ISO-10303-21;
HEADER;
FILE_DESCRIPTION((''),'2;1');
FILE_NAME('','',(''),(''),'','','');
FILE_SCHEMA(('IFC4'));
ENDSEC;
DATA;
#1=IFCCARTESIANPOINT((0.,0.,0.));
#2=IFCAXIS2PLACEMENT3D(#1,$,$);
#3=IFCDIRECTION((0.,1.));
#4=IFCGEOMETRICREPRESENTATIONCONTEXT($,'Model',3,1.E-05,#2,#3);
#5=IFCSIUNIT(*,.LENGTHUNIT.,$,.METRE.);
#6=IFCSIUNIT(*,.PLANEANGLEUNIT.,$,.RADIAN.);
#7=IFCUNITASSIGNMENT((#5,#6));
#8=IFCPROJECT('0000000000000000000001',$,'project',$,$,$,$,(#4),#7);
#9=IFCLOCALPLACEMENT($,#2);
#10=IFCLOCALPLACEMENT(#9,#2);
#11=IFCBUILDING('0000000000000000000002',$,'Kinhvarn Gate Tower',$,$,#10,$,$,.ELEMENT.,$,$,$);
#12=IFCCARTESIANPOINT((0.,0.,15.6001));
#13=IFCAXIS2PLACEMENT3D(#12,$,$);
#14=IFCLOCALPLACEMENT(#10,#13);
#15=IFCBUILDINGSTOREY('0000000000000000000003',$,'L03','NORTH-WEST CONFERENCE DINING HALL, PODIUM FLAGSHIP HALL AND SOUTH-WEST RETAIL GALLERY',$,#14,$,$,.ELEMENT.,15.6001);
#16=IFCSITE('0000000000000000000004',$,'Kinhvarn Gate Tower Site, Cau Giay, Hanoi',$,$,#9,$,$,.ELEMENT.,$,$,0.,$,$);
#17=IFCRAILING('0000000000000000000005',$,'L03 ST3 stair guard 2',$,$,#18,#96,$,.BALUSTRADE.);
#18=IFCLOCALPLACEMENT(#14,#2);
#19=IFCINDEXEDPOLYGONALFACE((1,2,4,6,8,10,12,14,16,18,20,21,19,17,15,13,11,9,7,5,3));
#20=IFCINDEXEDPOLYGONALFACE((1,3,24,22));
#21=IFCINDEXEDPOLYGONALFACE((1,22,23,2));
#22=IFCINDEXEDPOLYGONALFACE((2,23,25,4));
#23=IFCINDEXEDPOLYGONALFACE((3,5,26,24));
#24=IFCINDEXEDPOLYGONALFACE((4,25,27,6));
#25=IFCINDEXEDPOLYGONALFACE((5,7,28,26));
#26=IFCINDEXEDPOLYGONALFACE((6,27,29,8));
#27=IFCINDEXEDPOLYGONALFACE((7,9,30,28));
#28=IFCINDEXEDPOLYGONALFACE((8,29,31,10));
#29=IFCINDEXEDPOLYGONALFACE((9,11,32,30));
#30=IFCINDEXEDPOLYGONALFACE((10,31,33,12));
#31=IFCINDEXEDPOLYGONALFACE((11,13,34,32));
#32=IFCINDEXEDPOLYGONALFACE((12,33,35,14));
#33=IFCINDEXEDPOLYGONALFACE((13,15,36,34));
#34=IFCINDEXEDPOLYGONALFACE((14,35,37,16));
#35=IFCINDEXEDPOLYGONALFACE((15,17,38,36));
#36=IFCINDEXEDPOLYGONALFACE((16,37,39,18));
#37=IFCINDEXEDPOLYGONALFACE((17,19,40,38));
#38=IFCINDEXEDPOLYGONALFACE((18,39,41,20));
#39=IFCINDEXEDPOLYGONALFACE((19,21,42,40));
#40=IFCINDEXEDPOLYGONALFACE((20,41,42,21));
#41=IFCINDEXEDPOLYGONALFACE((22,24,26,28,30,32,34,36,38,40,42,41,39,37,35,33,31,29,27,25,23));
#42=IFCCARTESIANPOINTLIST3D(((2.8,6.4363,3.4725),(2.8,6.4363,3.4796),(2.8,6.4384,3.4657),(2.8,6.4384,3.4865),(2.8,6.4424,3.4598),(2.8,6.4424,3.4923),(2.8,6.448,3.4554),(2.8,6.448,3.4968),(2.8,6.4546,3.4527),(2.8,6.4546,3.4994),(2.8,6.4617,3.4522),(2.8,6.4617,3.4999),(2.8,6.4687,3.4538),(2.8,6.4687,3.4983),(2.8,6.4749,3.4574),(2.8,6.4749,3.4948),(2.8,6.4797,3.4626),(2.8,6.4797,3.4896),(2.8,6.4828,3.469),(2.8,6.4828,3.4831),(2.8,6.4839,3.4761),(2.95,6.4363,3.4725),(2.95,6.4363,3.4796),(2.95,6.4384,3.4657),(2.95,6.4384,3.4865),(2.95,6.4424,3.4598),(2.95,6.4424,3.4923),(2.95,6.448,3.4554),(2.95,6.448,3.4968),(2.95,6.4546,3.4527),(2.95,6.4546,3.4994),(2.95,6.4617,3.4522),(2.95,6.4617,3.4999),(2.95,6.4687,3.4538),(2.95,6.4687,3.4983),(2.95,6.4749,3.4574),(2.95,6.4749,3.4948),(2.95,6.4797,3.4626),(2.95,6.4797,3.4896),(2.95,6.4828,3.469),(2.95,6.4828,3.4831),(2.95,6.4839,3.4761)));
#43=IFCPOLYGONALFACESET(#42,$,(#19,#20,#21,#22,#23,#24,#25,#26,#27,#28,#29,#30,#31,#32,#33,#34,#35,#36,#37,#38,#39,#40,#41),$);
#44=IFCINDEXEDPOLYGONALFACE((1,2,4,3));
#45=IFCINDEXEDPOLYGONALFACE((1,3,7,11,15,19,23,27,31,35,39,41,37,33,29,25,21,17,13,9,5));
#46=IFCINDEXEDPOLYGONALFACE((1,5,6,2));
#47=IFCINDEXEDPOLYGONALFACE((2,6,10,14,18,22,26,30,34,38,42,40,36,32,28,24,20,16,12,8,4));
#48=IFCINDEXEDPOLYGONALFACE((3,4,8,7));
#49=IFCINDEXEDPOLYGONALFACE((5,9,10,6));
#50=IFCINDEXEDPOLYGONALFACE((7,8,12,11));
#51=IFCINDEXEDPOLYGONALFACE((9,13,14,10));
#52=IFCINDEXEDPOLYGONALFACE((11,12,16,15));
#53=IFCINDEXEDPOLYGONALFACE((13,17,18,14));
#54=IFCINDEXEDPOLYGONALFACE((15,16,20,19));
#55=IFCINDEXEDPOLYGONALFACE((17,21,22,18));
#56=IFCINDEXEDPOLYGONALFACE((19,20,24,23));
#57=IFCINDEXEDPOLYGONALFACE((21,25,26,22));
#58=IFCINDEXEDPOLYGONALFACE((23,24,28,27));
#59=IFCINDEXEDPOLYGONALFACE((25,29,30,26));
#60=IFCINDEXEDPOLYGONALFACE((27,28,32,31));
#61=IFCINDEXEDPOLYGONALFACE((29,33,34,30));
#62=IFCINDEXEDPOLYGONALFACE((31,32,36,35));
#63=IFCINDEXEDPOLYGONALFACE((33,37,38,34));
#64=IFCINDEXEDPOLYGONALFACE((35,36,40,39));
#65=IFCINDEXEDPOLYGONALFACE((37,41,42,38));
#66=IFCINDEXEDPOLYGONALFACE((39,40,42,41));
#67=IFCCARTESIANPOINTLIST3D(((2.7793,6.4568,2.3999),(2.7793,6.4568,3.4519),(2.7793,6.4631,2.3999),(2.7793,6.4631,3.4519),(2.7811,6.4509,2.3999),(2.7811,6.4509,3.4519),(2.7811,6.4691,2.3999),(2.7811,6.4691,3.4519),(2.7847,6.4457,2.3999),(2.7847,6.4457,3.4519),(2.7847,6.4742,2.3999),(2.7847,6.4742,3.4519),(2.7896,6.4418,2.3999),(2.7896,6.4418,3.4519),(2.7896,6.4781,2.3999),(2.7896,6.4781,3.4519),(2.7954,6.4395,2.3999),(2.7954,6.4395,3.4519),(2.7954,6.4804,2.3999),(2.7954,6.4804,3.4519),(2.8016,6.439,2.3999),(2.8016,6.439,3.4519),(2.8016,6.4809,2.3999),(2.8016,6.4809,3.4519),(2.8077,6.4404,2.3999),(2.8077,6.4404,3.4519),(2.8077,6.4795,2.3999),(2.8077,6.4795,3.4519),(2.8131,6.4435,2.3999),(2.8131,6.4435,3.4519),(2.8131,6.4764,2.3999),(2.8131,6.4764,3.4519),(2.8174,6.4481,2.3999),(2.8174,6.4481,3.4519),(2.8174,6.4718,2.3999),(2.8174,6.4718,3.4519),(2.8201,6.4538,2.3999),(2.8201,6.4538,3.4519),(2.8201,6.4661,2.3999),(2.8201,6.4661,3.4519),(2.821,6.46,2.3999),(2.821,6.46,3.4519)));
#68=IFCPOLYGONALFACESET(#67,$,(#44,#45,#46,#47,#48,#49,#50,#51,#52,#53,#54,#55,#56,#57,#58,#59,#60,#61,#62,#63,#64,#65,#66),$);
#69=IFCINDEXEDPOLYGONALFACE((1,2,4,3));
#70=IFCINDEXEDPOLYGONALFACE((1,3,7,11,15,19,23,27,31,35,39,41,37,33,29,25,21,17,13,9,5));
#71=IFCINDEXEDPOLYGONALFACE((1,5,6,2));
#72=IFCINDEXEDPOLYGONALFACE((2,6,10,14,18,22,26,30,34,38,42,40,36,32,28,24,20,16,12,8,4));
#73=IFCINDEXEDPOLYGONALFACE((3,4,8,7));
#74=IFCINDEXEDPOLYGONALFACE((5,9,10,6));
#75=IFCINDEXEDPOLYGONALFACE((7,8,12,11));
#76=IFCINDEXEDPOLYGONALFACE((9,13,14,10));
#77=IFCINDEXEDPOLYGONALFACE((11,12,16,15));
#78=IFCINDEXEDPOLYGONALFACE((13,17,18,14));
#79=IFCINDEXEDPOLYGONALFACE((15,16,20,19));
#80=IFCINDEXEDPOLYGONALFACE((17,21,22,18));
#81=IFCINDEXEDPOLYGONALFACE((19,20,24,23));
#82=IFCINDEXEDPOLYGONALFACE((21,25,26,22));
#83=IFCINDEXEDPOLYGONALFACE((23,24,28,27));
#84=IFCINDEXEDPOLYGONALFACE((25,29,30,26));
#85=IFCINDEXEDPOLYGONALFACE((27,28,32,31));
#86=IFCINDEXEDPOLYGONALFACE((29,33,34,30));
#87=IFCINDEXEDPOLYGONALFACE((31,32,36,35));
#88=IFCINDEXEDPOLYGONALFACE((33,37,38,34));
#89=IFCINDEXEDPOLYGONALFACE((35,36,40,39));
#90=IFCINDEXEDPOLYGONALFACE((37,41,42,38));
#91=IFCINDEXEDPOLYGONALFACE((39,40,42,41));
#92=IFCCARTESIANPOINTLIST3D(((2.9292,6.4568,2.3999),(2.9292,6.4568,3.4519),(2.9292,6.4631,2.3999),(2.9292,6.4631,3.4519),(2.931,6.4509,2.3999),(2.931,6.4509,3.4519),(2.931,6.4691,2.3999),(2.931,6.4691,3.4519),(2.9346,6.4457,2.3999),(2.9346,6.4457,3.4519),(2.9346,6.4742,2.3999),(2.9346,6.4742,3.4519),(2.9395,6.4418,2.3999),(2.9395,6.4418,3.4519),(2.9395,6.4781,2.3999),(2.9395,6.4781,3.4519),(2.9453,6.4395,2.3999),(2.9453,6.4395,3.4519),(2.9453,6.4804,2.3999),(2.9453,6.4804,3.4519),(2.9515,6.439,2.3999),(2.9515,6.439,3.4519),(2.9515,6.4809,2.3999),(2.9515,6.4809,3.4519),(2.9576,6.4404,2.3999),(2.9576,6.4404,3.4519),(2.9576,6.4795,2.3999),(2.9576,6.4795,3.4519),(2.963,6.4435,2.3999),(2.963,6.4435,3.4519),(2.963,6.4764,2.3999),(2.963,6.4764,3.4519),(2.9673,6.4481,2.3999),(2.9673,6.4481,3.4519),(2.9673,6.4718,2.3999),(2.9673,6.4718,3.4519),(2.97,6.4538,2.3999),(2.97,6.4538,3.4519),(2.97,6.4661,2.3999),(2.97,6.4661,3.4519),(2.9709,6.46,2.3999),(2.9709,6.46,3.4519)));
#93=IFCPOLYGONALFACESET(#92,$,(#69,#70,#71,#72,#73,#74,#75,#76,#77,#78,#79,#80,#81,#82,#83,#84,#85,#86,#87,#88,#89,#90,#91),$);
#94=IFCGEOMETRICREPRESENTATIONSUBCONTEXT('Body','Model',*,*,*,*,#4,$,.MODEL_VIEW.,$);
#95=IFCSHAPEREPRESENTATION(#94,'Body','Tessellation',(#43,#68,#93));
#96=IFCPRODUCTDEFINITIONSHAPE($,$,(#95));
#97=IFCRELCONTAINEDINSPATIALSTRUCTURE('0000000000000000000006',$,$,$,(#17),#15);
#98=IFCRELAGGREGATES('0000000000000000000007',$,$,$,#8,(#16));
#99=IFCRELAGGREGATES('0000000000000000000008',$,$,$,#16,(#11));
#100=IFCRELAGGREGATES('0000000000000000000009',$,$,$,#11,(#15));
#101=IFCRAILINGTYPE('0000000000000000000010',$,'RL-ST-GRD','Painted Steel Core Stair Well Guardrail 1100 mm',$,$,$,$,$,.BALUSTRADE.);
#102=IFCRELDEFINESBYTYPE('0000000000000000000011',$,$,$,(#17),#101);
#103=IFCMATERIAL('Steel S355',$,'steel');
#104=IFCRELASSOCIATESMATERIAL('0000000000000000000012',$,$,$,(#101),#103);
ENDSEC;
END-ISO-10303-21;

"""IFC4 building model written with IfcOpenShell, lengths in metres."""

from ifc_helpers import new_model, si_unit, direction, frame, origin, origin_2d, place, context, subcontext, project, spatial, circle, extrude, material, type_object, element, save


model = new_model("IFC4")

# Units and contexts
model_context = context("Model", 3, precision=1e-05, world=origin(), true_north=direction((0.0, 1.0)))
body_context = subcontext(model_context, "Body", "Model", "MODEL_VIEW")
ifc_project = project(units=[si_unit("LENGTHUNIT", "METRE"), si_unit("PLANEANGLEUNIT", "RADIAN")], contexts=[model_context])

# Site, building, storey
site_placement = place(None, origin())
site = spatial("IfcSite", under=ifc_project, at=site_placement, Name="Kinhvarn Gate Tower Site, Cau Giay, Hanoi", CompositionType="ELEMENT", RefElevation=0.0)
building_placement = place(site_placement, origin())
building = spatial("IfcBuilding", under=site, at=building_placement, Name="Kinhvarn Gate Tower", CompositionType="ELEMENT")
storey_placement = place(building_placement, frame((0.0, 0.0, 15.6001)))
storey = spatial("IfcBuildingStorey", under=building, at=storey_placement, Name="L03", Description="NORTH-WEST CONFERENCE DINING HALL, PODIUM FLAGSHIP HALL AND SOUTH-WEST RETAIL GALLERY", CompositionType="ELEMENT", Elevation=15.6001)

# Shared definitions
ifc_material_1 = material(Name="Steel S355", Category="steel")

# Railing
railing_type_1 = type_object("IfcRailingType", Name="RL-ST-GRD", Description="Painted Steel Core Stair Well Guardrail 1100 mm", PredefinedType="BALUSTRADE", material=ifc_material_1)
railing_1_placement = place(storey_placement, frame((2.8, 6.46, 2.3999)))
element("IfcRailing", 1, at=railing_1_placement, inside=storey, type_object=railing_type_1, Name="L03 ST3 stair guard 2", PredefinedType="BALUSTRADE", context=body_context, shape_type="SweptSolid", body=[
    extrude(circle(Radius=0.0239, at=origin_2d()), frame((0.0, 0.0, 1.0762), z_axis=(1.0, 0.0, 0.0), x_axis=(0.0, 1.0, 0.0)), (0.0, 0.0, 1.0), 0.1499),
    extrude(circle(Radius=0.021, at=origin_2d()), origin(), (0.0, 0.0, 1.0), 1.052),
    extrude(circle(Radius=0.021, at=origin_2d()), frame((0.1499, 0.0, 0.0)), (0.0, 0.0, 1.0), 1.052),
])

save(model, "model.ifc")
